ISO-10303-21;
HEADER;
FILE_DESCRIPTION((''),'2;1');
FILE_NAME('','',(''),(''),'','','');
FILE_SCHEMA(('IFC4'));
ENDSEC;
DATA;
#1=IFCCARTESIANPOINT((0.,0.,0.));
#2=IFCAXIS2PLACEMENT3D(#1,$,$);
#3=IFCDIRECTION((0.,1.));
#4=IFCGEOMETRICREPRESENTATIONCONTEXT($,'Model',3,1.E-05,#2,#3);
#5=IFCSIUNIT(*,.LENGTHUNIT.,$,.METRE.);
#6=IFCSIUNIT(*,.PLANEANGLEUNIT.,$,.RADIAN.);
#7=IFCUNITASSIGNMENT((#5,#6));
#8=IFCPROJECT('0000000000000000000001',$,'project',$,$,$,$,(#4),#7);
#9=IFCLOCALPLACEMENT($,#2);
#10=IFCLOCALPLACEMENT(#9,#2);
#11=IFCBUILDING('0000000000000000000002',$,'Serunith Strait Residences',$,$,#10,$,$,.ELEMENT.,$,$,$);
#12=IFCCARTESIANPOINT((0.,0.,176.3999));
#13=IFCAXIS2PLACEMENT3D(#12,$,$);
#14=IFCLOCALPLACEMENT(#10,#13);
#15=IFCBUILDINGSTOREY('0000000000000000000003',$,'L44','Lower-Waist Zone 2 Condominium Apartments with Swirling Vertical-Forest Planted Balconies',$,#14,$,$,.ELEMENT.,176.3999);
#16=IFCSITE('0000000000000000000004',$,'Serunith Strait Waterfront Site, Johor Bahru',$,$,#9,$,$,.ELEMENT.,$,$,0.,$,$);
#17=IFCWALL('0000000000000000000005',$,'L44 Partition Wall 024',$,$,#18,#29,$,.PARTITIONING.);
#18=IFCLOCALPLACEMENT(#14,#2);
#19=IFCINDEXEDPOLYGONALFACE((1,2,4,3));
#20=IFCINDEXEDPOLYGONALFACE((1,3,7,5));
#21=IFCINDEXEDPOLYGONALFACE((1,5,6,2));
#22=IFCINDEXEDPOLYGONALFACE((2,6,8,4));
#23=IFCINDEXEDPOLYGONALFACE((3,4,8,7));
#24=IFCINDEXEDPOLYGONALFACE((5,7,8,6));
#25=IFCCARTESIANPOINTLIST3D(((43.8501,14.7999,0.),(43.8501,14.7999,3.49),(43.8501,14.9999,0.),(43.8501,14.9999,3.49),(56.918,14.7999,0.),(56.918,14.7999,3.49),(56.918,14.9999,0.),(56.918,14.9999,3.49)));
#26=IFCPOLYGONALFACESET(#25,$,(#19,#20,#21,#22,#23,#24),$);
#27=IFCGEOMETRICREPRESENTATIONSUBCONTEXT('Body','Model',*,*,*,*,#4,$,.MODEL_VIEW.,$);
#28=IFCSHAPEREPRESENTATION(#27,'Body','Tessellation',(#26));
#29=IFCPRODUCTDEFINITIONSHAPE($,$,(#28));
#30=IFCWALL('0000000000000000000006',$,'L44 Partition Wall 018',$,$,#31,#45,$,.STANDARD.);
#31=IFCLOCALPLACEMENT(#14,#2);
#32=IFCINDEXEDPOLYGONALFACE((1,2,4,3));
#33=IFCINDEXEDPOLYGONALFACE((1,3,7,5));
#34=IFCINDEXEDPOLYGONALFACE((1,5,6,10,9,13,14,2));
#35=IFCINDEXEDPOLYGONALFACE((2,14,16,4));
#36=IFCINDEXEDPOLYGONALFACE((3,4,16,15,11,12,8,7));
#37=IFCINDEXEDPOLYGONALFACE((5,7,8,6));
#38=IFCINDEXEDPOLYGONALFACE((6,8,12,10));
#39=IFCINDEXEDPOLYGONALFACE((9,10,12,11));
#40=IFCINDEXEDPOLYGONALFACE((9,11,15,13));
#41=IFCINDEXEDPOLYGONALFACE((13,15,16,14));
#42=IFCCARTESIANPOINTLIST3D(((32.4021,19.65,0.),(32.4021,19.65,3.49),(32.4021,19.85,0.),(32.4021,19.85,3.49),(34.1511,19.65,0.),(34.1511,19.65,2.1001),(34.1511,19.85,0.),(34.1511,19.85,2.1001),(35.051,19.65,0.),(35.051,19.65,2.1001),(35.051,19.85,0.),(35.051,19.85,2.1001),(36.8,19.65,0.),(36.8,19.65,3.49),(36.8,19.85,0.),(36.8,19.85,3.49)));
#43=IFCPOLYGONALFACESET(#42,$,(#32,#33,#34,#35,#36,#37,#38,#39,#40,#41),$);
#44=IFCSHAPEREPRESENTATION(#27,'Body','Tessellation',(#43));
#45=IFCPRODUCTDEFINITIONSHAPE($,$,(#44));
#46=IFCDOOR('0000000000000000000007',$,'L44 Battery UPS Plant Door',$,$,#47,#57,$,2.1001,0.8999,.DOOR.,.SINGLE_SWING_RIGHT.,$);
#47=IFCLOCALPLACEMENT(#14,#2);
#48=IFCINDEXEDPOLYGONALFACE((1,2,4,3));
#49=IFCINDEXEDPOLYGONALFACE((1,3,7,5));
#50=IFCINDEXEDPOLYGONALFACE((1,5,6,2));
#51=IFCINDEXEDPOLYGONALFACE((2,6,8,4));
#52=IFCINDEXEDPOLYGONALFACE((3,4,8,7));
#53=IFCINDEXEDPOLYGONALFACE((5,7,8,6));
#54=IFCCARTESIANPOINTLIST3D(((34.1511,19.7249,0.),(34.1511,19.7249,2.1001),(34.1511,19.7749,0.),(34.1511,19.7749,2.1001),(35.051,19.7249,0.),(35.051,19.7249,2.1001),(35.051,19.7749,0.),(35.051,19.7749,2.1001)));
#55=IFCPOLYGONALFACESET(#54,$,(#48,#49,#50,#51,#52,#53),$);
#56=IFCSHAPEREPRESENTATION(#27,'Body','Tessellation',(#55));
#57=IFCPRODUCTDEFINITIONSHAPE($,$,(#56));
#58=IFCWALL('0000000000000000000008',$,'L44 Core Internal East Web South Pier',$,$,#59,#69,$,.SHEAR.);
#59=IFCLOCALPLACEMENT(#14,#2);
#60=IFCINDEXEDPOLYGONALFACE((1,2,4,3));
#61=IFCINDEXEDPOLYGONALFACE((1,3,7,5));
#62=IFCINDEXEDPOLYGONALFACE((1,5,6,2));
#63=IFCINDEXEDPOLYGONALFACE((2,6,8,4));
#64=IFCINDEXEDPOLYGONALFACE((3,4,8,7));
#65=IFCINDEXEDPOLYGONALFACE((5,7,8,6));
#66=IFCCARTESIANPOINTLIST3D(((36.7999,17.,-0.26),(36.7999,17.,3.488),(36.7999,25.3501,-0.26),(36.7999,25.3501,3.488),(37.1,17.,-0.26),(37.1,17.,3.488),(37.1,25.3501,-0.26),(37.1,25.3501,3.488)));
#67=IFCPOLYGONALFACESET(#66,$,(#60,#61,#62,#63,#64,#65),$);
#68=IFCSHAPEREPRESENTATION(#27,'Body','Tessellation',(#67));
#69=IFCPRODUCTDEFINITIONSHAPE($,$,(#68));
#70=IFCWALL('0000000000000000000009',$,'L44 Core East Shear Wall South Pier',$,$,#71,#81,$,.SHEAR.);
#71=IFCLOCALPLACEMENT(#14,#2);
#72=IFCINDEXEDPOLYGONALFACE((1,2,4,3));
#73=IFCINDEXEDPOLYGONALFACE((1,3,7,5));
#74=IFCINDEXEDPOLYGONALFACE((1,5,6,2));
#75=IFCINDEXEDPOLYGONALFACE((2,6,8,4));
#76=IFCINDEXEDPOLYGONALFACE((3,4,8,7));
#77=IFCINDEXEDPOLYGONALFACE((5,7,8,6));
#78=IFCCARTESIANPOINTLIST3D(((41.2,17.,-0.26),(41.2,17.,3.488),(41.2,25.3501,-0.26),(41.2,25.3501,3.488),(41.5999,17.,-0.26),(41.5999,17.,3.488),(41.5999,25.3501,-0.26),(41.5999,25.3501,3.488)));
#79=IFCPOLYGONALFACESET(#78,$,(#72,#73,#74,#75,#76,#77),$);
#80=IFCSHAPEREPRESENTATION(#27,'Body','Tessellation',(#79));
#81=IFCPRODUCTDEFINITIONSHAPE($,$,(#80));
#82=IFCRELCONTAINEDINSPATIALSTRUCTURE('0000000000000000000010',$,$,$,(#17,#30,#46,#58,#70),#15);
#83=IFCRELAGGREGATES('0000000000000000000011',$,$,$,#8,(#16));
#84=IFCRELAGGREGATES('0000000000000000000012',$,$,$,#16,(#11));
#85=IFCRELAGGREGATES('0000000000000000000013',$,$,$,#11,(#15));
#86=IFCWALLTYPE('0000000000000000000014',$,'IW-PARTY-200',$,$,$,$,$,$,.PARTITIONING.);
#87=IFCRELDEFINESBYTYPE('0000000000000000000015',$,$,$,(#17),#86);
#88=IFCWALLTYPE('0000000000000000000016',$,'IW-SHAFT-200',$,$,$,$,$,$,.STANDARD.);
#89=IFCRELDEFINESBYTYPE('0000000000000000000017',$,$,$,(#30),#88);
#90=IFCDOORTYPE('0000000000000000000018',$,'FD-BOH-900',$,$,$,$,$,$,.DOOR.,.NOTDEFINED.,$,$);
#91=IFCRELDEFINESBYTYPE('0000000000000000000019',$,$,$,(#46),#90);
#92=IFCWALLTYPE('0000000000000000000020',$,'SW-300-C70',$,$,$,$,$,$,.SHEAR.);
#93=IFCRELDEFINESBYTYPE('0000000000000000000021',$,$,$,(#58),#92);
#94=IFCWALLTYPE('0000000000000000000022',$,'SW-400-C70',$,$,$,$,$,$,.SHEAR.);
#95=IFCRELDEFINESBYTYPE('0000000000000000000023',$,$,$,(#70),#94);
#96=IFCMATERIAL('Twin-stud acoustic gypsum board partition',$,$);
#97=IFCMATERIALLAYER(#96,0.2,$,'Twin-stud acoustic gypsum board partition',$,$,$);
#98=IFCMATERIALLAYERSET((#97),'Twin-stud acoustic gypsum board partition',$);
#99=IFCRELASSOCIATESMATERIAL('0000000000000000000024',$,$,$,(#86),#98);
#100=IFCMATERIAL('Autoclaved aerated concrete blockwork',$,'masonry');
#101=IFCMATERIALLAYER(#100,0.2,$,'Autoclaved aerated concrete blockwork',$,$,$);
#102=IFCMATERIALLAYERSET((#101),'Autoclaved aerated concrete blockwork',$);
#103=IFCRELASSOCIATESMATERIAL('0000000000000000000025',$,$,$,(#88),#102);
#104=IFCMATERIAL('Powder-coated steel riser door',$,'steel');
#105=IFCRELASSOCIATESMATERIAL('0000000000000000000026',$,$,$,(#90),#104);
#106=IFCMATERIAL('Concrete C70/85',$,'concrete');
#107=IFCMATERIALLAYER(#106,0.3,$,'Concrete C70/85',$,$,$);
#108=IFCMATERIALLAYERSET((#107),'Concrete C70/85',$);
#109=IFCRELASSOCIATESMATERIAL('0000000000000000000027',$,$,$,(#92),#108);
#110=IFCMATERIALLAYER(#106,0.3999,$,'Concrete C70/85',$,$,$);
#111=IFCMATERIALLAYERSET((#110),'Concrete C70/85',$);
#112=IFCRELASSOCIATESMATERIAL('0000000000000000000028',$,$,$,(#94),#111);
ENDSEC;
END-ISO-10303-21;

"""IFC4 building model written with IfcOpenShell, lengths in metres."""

from ifc_helpers import new_model, si_unit, direction, frame, frame_2d, origin, place, context, subcontext, project, spatial, rectangle, extrude, source, transform, mapped, material, layer, layer_set, type_object, element, fill, save


model = new_model("IFC4")

# Units and contexts
model_context = context("Model", 3, precision=1e-05, world=origin(), true_north=direction((0.0, 1.0)))
body_context = subcontext(model_context, "Body", "Model", "MODEL_VIEW")
ifc_project = project(units=[si_unit("LENGTHUNIT", "METRE"), si_unit("PLANEANGLEUNIT", "RADIAN")], contexts=[model_context])

# Site, building, storey
site_placement = place(None, origin())
site = spatial("IfcSite", under=ifc_project, at=site_placement, Name="Serunith Strait Waterfront Site, Johor Bahru", CompositionType="ELEMENT", RefElevation=0.0)
building_placement = place(site_placement, origin())
building = spatial("IfcBuilding", under=site, at=building_placement, Name="Serunith Strait Residences", CompositionType="ELEMENT")
storey_placement = place(building_placement, frame((0.0, 0.0, 176.3999)))
storey = spatial("IfcBuildingStorey", under=building, at=storey_placement, Name="L44", Description="Lower-Waist Zone 2 Condominium Apartments with Swirling Vertical-Forest Planted Balconies", CompositionType="ELEMENT", Elevation=176.3999)

# Wall
ifc_material_1 = material(Name="Twin-stud acoustic gypsum board partition")
ifc_layer_1 = layer(ifc_material_1, 0.2, Name="Twin-stud acoustic gypsum board partition")
ifc_layer_set_1 = layer_set([ifc_layer_1], Name="Twin-stud acoustic gypsum board partition")
wall_type_1 = type_object("IfcWallType", Name="IW-PARTY-200", PredefinedType="PARTITIONING", material=ifc_layer_set_1)
wall_1_placement = place(storey_placement, frame((43.8501, 14.8999, 0.0), z_axis=(0.0, 0.0, 1.0), x_axis=(1.0, 0.0, 0.0)))
element("IfcWall", 1, at=wall_1_placement, inside=storey, type_object=wall_type_1, Name="L44 Partition Wall 024", PredefinedType="PARTITIONING", context=body_context, shape_type="SweptSolid", body=[
    extrude(rectangle(XDim=13.0679, YDim=0.2, at=frame_2d((6.5339, 0.0))), origin(), (0.0, 0.0, 1.0), 3.49),
])

# Wall, opening, door
ifc_material_2 = material(Name="Autoclaved aerated concrete blockwork", Category="masonry")
ifc_layer_2 = layer(ifc_material_2, 0.2, Name="Autoclaved aerated concrete blockwork")
ifc_layer_set_2 = layer_set([ifc_layer_2], Name="Autoclaved aerated concrete blockwork")
wall_type_2 = type_object("IfcWallType", Name="IW-SHAFT-200", PredefinedType="STANDARD", material=ifc_layer_set_2)
wall_2_placement = place(storey_placement, frame((32.4021, 19.75, 0.0), z_axis=(0.0, 0.0, 1.0), x_axis=(1.0, 0.0, 0.0)))
wall_2 = element("IfcWall", 2, at=wall_2_placement, inside=storey, type_object=wall_type_2, Name="L44 Partition Wall 018", PredefinedType="STANDARD", context=body_context, shape_type="SweptSolid", body=[
    extrude(rectangle(XDim=4.3979, YDim=0.2, at=frame_2d((2.199, 0.0))), origin(), (0.0, 0.0, 1.0), 3.49),
])
opening_1_placement = place(wall_2_placement, frame((1.749, 0.0, 0.0)))
opening_1 = element("IfcOpeningElement", 3, at=opening_1_placement, cuts=wall_2, PredefinedType="OPENING", context=body_context, shape_type="SweptSolid", body=[
    extrude(rectangle(XDim=0.8999, YDim=2.1001, at=frame_2d((0.45, 1.05))), frame((0.0, 0.1099, 0.0), z_axis=(0.0, -1.0, 0.0), x_axis=(1.0, 0.0, 0.0)), (0.0, 0.0, 1.0), 0.22),
])
ifc_material_3 = material(Name="Powder-coated steel riser door", Category="steel")
door_type_1 = type_object("IfcDoorType", Name="FD-BOH-900", OperationType="NOTDEFINED", PredefinedType="DOOR", material=ifc_material_3)
shared_shape_1 = source(origin(), body_context, "Body", "SweptSolid", [
    extrude(rectangle(XDim=0.8999, YDim=2.1001, at=frame_2d((0.45, 1.05))), frame((0.0, 0.0249, 0.0), z_axis=(0.0, -1.0, 0.0), x_axis=(1.0, 0.0, 0.0)), (0.0, 0.0, 1.0), 0.05),
])
door_1_placement = place(opening_1_placement, origin())
door_1 = element("IfcDoor", 4, at=door_1_placement, inside=storey, type_object=door_type_1, Name="L44 Battery UPS Plant Door", OperationType="SINGLE_SWING_RIGHT", OverallHeight=2.1001, OverallWidth=0.8999, PredefinedType="DOOR", context=body_context, shape_type="MappedRepresentation", body=[
    mapped(shared_shape_1, transform((0.0, 0.0, 0.0), scale=1.0)),
])
fill(opening_1, door_1)

# Walls
ifc_material_4 = material(Name="Concrete C70/85", Category="concrete")
ifc_layer_3 = layer(ifc_material_4, 0.3, Name="Concrete C70/85")
ifc_layer_set_3 = layer_set([ifc_layer_3], Name="Concrete C70/85")
wall_type_3 = type_object("IfcWallType", Name="SW-300-C70", PredefinedType="SHEAR", material=ifc_layer_set_3)
wall_3_placement = place(storey_placement, frame((36.95, 17.0, -0.26), z_axis=(0.0, 0.0, 1.0), x_axis=(0.0, 1.0, 0.0)))
element("IfcWall", 5, at=wall_3_placement, inside=storey, type_object=wall_type_3, Name="L44 Core Internal East Web South Pier", PredefinedType="SHEAR", context=body_context, shape_type="SweptSolid", body=[
    extrude(rectangle(XDim=8.3501, YDim=0.3, at=frame_2d((4.175, 0.0))), origin(), (0.0, 0.0, 1.0), 3.748),
])
ifc_layer_4 = layer(ifc_material_4, 0.3999, Name="Concrete C70/85")
ifc_layer_set_4 = layer_set([ifc_layer_4], Name="Concrete C70/85")
wall_type_4 = type_object("IfcWallType", Name="SW-400-C70", PredefinedType="SHEAR", material=ifc_layer_set_4)
wall_4_placement = place(storey_placement, frame((41.3999, 17.0, -0.26), z_axis=(0.0, 0.0, 1.0), x_axis=(0.0, 1.0, 0.0)))
element("IfcWall", 6, at=wall_4_placement, inside=storey, type_object=wall_type_4, Name="L44 Core East Shear Wall South Pier", PredefinedType="SHEAR", context=body_context, shape_type="SweptSolid", body=[
    extrude(rectangle(XDim=8.3501, YDim=0.3999, at=frame_2d((4.175, 0.0))), origin(), (0.0, 0.0, 1.0), 3.748),
])

save(model, "model.ifc")
